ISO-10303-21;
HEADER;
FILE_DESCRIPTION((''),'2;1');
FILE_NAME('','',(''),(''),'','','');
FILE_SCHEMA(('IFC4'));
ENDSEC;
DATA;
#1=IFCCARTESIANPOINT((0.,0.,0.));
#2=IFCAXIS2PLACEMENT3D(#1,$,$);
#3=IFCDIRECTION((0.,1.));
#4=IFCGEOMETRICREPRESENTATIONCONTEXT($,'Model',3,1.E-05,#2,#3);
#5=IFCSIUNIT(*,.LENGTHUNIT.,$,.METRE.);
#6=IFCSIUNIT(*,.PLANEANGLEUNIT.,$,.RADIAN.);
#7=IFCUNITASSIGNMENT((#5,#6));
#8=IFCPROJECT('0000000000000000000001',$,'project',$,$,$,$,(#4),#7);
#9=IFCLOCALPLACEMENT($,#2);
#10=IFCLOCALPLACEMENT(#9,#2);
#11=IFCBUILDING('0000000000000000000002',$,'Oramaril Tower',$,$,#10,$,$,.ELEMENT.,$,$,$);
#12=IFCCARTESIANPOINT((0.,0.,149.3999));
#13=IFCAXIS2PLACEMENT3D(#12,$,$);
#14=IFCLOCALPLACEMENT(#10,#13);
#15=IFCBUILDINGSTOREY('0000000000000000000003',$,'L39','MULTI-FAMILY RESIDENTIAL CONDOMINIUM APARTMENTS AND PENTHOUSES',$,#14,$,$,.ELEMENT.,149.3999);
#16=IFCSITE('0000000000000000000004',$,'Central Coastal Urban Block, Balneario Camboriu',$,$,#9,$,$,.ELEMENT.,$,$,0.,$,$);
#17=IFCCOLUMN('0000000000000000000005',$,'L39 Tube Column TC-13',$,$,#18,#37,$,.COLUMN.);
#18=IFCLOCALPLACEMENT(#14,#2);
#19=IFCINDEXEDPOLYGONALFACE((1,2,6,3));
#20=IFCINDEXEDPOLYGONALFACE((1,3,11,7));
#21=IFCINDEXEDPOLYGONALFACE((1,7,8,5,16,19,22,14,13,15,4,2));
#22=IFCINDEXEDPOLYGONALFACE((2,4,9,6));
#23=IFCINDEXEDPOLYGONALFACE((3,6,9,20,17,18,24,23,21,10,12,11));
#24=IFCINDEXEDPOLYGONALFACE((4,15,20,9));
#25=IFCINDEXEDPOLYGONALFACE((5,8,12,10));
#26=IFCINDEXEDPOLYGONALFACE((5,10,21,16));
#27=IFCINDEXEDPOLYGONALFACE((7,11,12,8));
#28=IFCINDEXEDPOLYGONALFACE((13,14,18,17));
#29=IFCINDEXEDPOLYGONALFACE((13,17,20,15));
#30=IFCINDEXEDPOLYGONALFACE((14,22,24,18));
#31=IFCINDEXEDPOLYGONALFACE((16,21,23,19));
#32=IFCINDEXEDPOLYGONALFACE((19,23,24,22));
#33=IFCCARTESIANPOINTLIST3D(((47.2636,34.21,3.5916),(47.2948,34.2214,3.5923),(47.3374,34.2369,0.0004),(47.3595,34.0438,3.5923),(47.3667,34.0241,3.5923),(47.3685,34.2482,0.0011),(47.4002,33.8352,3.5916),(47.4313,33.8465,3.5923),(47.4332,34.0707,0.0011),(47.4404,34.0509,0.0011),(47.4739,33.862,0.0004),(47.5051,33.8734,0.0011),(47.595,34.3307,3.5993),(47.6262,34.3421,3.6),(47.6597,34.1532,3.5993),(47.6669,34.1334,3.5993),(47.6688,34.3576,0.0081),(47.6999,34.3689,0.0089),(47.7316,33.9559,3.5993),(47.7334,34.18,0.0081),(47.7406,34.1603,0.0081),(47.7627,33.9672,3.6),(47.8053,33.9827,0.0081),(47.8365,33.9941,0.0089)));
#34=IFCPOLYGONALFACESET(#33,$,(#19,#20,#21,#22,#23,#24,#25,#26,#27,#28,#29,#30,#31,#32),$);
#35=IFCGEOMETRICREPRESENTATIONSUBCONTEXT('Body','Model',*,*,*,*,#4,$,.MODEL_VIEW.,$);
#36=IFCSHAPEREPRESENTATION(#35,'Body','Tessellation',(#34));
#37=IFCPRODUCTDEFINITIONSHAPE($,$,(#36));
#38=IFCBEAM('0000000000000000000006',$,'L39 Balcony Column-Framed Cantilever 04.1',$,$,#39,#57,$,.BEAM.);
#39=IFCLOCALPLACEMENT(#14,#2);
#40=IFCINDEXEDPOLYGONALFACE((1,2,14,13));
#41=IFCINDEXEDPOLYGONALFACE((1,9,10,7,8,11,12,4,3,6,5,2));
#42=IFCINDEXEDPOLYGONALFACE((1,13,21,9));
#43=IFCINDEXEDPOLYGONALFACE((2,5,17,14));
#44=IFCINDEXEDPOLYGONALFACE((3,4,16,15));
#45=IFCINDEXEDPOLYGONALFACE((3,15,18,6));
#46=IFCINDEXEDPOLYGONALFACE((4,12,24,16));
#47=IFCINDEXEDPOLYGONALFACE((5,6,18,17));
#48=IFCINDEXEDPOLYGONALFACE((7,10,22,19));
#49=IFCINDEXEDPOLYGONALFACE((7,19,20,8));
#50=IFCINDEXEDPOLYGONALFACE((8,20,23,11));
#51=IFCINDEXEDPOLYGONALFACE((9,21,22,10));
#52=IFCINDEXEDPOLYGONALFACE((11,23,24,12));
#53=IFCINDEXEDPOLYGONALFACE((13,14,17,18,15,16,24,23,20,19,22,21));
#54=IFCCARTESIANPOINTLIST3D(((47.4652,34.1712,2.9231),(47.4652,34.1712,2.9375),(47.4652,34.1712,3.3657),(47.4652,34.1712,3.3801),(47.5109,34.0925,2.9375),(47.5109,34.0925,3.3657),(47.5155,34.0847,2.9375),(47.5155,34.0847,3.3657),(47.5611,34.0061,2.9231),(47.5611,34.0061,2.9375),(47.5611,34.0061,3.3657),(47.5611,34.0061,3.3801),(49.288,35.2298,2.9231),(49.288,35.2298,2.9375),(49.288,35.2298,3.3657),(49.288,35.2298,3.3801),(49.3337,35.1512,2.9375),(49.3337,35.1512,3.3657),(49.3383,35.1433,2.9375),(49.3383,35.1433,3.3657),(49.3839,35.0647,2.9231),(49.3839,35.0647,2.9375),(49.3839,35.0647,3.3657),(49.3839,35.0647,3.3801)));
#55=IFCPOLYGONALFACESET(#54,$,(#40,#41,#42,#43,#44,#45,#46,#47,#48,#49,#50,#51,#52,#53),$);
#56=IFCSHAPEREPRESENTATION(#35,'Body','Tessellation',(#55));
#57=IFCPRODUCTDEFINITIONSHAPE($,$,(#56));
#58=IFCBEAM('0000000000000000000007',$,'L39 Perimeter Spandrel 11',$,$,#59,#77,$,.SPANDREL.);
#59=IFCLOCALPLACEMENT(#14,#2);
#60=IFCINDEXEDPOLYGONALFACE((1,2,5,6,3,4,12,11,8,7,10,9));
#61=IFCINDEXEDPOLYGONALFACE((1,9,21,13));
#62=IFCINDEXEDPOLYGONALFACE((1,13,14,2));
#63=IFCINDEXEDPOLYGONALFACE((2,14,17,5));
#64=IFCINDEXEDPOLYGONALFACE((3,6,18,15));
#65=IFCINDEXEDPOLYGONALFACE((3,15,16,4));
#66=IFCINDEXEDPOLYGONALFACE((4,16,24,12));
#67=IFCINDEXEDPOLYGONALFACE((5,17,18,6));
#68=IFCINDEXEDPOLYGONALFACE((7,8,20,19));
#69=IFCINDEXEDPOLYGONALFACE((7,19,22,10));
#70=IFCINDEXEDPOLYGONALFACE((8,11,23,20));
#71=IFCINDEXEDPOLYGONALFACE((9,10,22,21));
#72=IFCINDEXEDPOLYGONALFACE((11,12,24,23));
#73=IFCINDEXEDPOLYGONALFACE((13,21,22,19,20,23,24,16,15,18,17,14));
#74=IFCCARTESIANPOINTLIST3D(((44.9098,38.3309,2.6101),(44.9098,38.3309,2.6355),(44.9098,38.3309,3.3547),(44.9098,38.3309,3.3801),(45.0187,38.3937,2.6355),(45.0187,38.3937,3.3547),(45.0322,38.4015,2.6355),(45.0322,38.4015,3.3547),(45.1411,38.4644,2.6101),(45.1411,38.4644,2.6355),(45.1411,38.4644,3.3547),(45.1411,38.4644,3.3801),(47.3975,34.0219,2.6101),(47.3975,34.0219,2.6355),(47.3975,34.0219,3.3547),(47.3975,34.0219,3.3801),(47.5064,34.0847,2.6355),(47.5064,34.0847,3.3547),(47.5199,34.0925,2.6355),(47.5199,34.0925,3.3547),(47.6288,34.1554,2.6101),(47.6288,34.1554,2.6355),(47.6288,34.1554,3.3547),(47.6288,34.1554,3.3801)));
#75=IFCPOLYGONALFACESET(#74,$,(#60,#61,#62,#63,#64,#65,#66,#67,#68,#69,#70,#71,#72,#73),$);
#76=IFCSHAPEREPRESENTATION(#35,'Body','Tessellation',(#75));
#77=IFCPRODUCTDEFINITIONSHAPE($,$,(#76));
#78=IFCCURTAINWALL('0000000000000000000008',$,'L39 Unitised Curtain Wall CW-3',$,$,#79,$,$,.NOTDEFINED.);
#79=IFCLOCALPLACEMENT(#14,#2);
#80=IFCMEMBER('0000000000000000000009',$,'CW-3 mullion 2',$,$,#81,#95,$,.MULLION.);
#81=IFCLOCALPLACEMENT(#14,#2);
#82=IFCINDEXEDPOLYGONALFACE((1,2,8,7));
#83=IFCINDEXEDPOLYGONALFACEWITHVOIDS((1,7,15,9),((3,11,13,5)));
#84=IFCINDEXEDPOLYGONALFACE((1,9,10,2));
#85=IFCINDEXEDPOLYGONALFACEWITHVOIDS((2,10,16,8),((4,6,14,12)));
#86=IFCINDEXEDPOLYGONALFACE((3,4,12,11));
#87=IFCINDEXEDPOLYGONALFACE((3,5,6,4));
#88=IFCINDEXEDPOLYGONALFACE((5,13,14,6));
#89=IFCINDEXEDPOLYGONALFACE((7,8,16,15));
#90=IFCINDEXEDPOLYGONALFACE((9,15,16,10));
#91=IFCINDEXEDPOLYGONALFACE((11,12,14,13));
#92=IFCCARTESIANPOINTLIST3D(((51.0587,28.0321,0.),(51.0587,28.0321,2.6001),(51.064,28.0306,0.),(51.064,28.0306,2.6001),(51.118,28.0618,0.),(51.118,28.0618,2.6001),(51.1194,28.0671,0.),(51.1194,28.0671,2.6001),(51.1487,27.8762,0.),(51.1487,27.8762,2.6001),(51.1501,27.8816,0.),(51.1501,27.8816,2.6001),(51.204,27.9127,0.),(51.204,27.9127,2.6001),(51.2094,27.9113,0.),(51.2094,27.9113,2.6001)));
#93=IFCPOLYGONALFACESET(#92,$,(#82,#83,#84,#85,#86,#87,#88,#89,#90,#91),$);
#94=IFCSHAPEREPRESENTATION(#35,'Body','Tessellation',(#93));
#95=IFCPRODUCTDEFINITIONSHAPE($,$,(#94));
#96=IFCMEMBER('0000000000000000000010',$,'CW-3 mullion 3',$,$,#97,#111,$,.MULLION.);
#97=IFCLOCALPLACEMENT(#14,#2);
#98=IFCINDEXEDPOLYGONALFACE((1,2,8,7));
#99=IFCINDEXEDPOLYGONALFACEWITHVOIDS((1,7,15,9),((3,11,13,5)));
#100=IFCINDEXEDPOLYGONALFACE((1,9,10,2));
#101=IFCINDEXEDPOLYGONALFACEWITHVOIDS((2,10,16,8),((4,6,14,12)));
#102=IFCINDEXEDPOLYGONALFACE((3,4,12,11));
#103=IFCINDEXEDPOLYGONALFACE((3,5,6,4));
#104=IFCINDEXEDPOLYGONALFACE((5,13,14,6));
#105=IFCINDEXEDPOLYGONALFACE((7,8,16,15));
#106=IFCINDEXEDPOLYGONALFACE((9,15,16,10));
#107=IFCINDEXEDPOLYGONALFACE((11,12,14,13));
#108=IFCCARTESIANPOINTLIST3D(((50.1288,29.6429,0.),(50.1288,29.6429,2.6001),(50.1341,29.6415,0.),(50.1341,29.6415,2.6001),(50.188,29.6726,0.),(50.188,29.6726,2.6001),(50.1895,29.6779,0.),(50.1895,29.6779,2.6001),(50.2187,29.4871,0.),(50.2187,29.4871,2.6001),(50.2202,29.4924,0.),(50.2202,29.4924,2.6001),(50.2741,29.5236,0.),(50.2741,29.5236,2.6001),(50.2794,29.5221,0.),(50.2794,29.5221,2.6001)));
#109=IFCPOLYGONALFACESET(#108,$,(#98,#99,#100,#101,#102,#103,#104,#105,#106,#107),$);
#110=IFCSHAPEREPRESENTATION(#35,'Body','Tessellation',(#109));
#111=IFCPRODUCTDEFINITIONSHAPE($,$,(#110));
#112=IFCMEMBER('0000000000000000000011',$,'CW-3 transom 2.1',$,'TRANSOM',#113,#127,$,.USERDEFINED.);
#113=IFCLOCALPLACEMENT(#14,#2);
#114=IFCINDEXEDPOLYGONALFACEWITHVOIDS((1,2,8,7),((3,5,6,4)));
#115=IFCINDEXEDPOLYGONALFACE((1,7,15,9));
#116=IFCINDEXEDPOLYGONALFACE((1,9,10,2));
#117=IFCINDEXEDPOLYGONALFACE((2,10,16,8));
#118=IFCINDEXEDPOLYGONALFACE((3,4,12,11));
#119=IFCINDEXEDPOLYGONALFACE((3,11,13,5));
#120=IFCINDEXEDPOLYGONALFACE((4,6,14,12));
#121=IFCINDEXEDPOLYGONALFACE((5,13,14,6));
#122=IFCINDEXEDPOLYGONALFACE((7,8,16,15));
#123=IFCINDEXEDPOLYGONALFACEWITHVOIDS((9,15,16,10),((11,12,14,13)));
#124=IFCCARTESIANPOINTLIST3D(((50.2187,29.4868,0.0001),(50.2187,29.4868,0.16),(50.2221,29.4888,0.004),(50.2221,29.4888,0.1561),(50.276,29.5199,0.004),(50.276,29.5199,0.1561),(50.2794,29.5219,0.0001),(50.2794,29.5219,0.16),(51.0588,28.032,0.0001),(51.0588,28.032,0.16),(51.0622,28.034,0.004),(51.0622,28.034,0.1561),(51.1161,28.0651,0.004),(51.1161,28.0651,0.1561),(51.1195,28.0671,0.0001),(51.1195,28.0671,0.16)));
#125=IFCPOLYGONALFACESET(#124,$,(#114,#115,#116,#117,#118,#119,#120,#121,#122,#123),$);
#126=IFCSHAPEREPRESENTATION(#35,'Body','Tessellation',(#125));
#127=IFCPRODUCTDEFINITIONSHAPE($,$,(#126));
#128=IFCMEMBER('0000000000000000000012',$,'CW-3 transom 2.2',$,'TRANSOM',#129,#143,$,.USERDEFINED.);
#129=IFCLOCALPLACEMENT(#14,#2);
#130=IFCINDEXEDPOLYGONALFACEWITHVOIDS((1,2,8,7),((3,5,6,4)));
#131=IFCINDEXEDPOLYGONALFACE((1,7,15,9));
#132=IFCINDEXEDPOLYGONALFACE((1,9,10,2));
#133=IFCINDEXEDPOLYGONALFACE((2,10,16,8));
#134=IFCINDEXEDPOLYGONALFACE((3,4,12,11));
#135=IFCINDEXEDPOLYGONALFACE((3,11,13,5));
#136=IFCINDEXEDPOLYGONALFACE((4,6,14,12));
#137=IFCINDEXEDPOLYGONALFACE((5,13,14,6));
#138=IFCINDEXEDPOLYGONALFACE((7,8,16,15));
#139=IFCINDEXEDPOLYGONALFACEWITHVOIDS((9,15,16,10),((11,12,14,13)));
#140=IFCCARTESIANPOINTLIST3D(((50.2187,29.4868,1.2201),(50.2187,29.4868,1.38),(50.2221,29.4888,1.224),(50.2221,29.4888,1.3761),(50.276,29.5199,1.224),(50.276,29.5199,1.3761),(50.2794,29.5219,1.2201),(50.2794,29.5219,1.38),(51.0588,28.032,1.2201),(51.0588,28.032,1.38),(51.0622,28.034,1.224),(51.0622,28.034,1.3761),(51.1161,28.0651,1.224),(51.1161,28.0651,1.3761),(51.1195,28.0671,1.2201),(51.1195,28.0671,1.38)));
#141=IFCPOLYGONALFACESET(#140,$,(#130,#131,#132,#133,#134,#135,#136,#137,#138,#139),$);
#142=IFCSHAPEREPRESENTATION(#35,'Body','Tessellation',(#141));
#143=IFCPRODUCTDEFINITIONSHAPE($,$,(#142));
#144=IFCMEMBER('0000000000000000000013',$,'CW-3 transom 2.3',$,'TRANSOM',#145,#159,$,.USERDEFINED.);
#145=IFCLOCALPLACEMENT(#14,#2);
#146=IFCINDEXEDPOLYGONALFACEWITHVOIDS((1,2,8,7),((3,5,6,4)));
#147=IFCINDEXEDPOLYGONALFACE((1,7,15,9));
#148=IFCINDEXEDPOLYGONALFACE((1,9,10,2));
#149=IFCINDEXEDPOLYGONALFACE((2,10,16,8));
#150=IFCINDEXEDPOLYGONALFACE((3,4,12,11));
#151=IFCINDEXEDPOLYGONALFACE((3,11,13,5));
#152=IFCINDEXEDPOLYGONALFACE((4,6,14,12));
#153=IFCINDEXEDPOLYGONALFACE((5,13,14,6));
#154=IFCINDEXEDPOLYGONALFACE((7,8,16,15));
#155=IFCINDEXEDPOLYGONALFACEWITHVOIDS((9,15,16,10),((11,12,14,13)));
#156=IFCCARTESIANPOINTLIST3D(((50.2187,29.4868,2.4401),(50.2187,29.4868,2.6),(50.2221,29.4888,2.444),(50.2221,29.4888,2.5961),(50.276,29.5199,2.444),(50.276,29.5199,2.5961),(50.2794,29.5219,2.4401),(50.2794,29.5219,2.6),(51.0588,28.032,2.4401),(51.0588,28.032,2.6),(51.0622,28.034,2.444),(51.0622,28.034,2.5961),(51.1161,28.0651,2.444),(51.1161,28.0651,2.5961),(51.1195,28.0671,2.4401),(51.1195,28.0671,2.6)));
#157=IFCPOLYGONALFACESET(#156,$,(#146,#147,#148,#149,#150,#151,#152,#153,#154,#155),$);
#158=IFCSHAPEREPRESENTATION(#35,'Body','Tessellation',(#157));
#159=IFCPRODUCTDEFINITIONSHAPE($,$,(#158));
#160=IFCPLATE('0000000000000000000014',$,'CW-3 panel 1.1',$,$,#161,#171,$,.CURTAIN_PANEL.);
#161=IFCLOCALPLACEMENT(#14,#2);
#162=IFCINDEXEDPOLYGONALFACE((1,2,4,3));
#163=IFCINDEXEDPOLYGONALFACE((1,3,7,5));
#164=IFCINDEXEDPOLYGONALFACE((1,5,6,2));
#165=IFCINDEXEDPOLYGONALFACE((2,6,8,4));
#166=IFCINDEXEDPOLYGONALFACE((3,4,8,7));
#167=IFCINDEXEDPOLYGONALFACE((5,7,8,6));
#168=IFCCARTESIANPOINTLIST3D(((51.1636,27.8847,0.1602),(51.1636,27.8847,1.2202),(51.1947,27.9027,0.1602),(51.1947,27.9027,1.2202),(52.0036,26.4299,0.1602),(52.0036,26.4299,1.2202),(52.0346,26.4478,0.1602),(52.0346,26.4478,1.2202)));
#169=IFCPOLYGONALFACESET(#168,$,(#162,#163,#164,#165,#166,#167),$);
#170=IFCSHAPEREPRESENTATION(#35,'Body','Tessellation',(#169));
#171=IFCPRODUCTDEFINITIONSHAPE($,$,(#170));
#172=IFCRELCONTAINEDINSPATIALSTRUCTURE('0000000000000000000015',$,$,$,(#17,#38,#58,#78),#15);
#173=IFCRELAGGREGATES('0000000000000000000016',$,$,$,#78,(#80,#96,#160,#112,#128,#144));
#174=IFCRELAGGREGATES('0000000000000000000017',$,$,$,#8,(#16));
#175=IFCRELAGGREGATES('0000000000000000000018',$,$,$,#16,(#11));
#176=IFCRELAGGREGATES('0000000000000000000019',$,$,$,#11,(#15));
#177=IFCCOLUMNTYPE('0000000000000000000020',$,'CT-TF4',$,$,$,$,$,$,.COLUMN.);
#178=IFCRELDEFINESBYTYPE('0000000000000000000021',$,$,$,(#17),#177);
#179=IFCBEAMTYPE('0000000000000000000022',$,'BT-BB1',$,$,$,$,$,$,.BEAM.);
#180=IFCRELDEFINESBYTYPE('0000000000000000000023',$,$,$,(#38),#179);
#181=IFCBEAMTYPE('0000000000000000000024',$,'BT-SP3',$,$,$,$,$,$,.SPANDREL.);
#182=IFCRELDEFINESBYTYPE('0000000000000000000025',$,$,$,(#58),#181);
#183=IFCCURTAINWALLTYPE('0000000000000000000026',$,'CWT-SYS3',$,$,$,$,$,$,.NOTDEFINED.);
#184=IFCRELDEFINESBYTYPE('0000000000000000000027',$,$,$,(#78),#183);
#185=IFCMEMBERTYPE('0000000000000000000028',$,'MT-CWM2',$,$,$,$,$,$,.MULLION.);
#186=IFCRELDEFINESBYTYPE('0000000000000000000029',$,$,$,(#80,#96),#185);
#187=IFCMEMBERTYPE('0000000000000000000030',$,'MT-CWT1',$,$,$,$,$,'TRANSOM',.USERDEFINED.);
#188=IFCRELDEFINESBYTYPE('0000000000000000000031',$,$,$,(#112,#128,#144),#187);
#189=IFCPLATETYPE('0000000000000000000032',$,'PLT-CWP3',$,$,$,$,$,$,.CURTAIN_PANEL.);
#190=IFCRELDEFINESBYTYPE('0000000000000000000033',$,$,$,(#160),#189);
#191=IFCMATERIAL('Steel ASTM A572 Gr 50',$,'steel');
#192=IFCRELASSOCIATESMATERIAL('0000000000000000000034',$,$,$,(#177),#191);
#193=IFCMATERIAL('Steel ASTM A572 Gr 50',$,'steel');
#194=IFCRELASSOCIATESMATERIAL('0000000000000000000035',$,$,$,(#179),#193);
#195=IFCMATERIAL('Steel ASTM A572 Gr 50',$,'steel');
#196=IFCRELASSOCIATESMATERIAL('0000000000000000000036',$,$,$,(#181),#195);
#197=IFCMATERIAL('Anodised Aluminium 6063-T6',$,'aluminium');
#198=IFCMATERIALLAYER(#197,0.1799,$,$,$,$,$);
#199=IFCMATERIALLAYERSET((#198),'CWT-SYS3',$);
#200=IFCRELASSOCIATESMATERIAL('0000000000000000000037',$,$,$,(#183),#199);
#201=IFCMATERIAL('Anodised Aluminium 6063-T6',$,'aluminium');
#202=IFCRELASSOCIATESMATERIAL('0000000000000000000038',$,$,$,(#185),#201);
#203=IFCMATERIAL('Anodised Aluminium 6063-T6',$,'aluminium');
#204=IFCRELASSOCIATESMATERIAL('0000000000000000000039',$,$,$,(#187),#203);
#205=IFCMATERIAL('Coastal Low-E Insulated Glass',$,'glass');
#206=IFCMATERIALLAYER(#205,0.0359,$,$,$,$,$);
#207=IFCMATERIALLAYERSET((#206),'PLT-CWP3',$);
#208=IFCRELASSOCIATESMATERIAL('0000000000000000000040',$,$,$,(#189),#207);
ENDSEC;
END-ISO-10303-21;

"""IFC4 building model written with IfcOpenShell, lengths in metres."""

from ifc_helpers import new_model, si_unit, direction, frame, origin, origin_2d, place, context, subcontext, project, spatial, rectangle, hollow_rectangle, i_section, extrude, material, layer, layer_set, material_profile, profile_set, type_object, element, aggregate, save


model = new_model("IFC4")

# Units and contexts
model_context = context("Model", 3, precision=1e-05, world=origin(), true_north=direction((0.0, 1.0)))
body_context = subcontext(model_context, "Body", "Model", "MODEL_VIEW")
ifc_project = project(units=[si_unit("LENGTHUNIT", "METRE"), si_unit("PLANEANGLEUNIT", "RADIAN")], contexts=[model_context])

# Site, building, storey
site_placement = place(None, origin())
site = spatial("IfcSite", under=ifc_project, at=site_placement, Name="Central Coastal Urban Block, Balneario Camboriu", CompositionType="ELEMENT", RefElevation=0.0)
building_placement = place(site_placement, origin())
building = spatial("IfcBuilding", under=site, at=building_placement, Name="Oramaril Tower", CompositionType="ELEMENT")
storey_placement = place(building_placement, frame((0.0, 0.0, 149.3999)))
storey = spatial("IfcBuildingStorey", under=building, at=storey_placement, Name="L39", Description="MULTI-FAMILY RESIDENTIAL CONDOMINIUM APARTMENTS AND PENTHOUSES", CompositionType="ELEMENT", Elevation=149.3999)

# Column
ifc_material_1 = material(Name="Steel ASTM A572 Gr 50", Category="steel")
ifc_material_profile_1 = material_profile(ifc_material_1, i_section(OverallWidth=0.3989, OverallDepth=0.386, WebThickness=0.021, FlangeThickness=0.0332, at=origin_2d()), Name="W14X176")
ifc_profile_set_1 = profile_set([ifc_material_profile_1], Name="Steel ASTM A572 Gr 50")
column_type = type_object("IfcColumnType", Name="CT-TF4", PredefinedType="COLUMN", material=ifc_profile_set_1)
column_placement = place(storey_placement, frame((47.5869, 34.1155, 0.0046), z_axis=(-0.020527, -0.007477, 0.999761), x_axis=(0.342243, -0.939612, 0.0)))
element("IfcColumn", 1, at=column_placement, inside=storey, type_object=column_type, Name="L39 Tube Column TC-13", PredefinedType="COLUMN", context=body_context, shape_type="SweptSolid", body=[
    extrude(i_section(OverallWidth=0.3989, OverallDepth=0.386, WebThickness=0.021, FlangeThickness=0.0332, at=origin_2d()), origin(), (0.0, 0.0, 1.0), 3.592),
])

# Beams
ifc_material_2 = material(Name="Steel ASTM A572 Gr 50", Category="steel")
ifc_material_profile_2 = material_profile(ifc_material_2, i_section(OverallWidth=0.1909, OverallDepth=0.457, WebThickness=0.009, FlangeThickness=0.0144, at=origin_2d()), Name="W18X50")
ifc_profile_set_2 = profile_set([ifc_material_profile_2], Name="Steel ASTM A572 Gr 50")
beam_type_1 = type_object("IfcBeamType", Name="BT-BB1", PredefinedType="BEAM", material=ifc_profile_set_2)
beam_1_placement = place(storey_placement, frame((47.5132, 34.0886, 3.1516), z_axis=(0.864744, 0.502214, 0.0), x_axis=(-0.502214, 0.864744, 0.0)))
element("IfcBeam", 2, at=beam_1_placement, inside=storey, type_object=beam_type_1, Name="L39 Balcony Column-Framed Cantilever 04.1", PredefinedType="BEAM", context=body_context, shape_type="SweptSolid", body=[
    extrude(i_section(OverallWidth=0.1909, OverallDepth=0.457, WebThickness=0.009, FlangeThickness=0.0144, at=origin_2d()), origin(), (0.0, 0.0, 1.0), 2.1079),
])
ifc_material_3 = material(Name="Steel ASTM A572 Gr 50", Category="steel")
ifc_material_profile_3 = material_profile(ifc_material_3, i_section(OverallWidth=0.2671, OverallDepth=0.77, WebThickness=0.0156, FlangeThickness=0.0254, at=origin_2d()), Name="W30X132")
ifc_profile_set_3 = profile_set([ifc_material_profile_3], Name="Steel ASTM A572 Gr 50")
beam_type_2 = type_object("IfcBeamType", Name="BT-SP3", PredefinedType="SPANDREL", material=ifc_profile_set_3)
beam_2_placement = place(storey_placement, frame((47.5132, 34.0886, 2.9951), z_axis=(-0.499991, 0.86603, 0.0), x_axis=(-0.86603, -0.499991, 0.0)))
element("IfcBeam", 3, at=beam_2_placement, inside=storey, type_object=beam_type_2, Name="L39 Perimeter Spandrel 11", PredefinedType="SPANDREL", context=body_context, shape_type="SweptSolid", body=[
    extrude(i_section(OverallWidth=0.2671, OverallDepth=0.77, WebThickness=0.0156, FlangeThickness=0.0254, at=origin_2d()), origin(), (0.0, 0.0, 1.0), 4.9756),
])

# Curtain wall, members, plate
ifc_material_4 = material(Name="Anodised Aluminium 6063-T6", Category="aluminium")
ifc_layer_1 = layer(ifc_material_4, 0.1799)
ifc_layer_set_1 = layer_set([ifc_layer_1], Name="CWT-SYS3")
curtain_wall_type = type_object("IfcCurtainWallType", Name="CWT-SYS3", PredefinedType="NOTDEFINED", material=ifc_layer_set_1)
curtain_wall_placement = place(storey_placement, origin())
curtain_wall = element("IfcCurtainWall", 4, at=curtain_wall_placement, inside=storey, type_object=curtain_wall_type, Name="L39 Unitised Curtain Wall CW-3", PredefinedType="NOTDEFINED")
ifc_material_5 = material(Name="Anodised Aluminium 6063-T6", Category="aluminium")
ifc_material_profile_4 = material_profile(ifc_material_5, hollow_rectangle(XDim=0.0701, YDim=0.1799, WallThickness=0.0039, at=origin_2d()), Name="CWM180X70")
ifc_profile_set_4 = profile_set([ifc_material_profile_4], Name="Anodised Aluminium 6063-T6")
member_type_1 = type_object("IfcMemberType", Name="MT-CWM2", PredefinedType="MULLION", material=ifc_profile_set_4)
member_1_placement = place(storey_placement, frame((51.134, 27.9717, 0.0), z_axis=(0.0, 0.0, 1.0), x_axis=(-0.866025, -0.5, 0.0)))
member_1 = element("IfcMember", 5, at=member_1_placement, type_object=member_type_1, Name="CW-3 mullion 2", PredefinedType="MULLION", context=body_context, shape_type="SweptSolid", body=[
    extrude(hollow_rectangle(XDim=0.0701, YDim=0.1799, WallThickness=0.0039, at=origin_2d()), origin(), (0.0, 0.0, 1.0), 2.6001),
])
member_2_placement = place(storey_placement, frame((50.2041, 29.5825, 0.0), z_axis=(0.0, 0.0, 1.0), x_axis=(-0.866025, -0.5, 0.0)))
member_2 = element("IfcMember", 6, at=member_2_placement, type_object=member_type_1, Name="CW-3 mullion 3", PredefinedType="MULLION", context=body_context, shape_type="SweptSolid", body=[
    extrude(hollow_rectangle(XDim=0.0701, YDim=0.1799, WallThickness=0.0039, at=origin_2d()), origin(), (0.0, 0.0, 1.0), 2.6001),
])
ifc_material_6 = material(Name="Anodised Aluminium 6063-T6", Category="aluminium")
ifc_material_profile_5 = material_profile(ifc_material_6, hollow_rectangle(XDim=0.0701, YDim=0.1599, WallThickness=0.0039, at=origin_2d()), Name="CWT160X70")
ifc_profile_set_5 = profile_set([ifc_material_profile_5], Name="Anodised Aluminium 6063-T6")
member_type_2 = type_object("IfcMemberType", Name="MT-CWT1", ElementType="TRANSOM", PredefinedType="USERDEFINED", material=ifc_profile_set_5)
member_3_placement = place(storey_placement, frame((51.0891, 28.0496, 0.0801), z_axis=(-0.500062, 0.86599, 0.0), x_axis=(-0.86599, -0.500062, 0.0)))
member_3 = element("IfcMember", 7, at=member_3_placement, type_object=member_type_2, Name="CW-3 transom 2.1", ObjectType="TRANSOM", PredefinedType="USERDEFINED", context=body_context, shape_type="SweptSolid", body=[
    extrude(hollow_rectangle(XDim=0.0701, YDim=0.1599, WallThickness=0.0039, at=origin_2d()), origin(), (0.0, 0.0, 1.0), 1.6799),
])
member_4_placement = place(storey_placement, frame((51.0891, 28.0496, 1.3), z_axis=(-0.500062, 0.86599, 0.0), x_axis=(-0.86599, -0.500062, 0.0)))
member_4 = element("IfcMember", 8, at=member_4_placement, type_object=member_type_2, Name="CW-3 transom 2.2", ObjectType="TRANSOM", PredefinedType="USERDEFINED", context=body_context, shape_type="SweptSolid", body=[
    extrude(hollow_rectangle(XDim=0.0701, YDim=0.1599, WallThickness=0.0039, at=origin_2d()), origin(), (0.0, 0.0, 1.0), 1.6799),
])
member_5_placement = place(storey_placement, frame((51.0891, 28.0496, 2.52), z_axis=(-0.500062, 0.86599, 0.0), x_axis=(-0.86599, -0.500062, 0.0)))
member_5 = element("IfcMember", 9, at=member_5_placement, type_object=member_type_2, Name="CW-3 transom 2.3", ObjectType="TRANSOM", PredefinedType="USERDEFINED", context=body_context, shape_type="SweptSolid", body=[
    extrude(hollow_rectangle(XDim=0.0701, YDim=0.1599, WallThickness=0.0039, at=origin_2d()), origin(), (0.0, 0.0, 1.0), 1.6799),
])
ifc_material_7 = material(Name="Coastal Low-E Insulated Glass", Category="glass")
ifc_layer_2 = layer(ifc_material_7, 0.0359)
ifc_layer_set_2 = layer_set([ifc_layer_2], Name="PLT-CWP3")
plate_type = type_object("IfcPlateType", Name="PLT-CWP3", PredefinedType="CURTAIN_PANEL", material=ifc_layer_set_2)
plate_1_placement = place(storey_placement, frame((51.5991, 27.1663, 0.1602), z_axis=(0.0, 0.0, 1.0), x_axis=(-0.5, 0.866025, 0.0)))
plate_1 = element("IfcPlate", 10, at=plate_1_placement, type_object=plate_type, Name="CW-3 panel 1.1", PredefinedType="CURTAIN_PANEL", context=body_context, shape_type="SweptSolid", body=[
    extrude(rectangle(XDim=1.6799, YDim=0.0359, at=origin_2d()), origin(), (0.0, 0.0, 1.0), 1.0601),
])
aggregate(curtain_wall, [member_1, member_2, plate_1, member_3, member_4, member_5])

save(model, "model.ifc")
